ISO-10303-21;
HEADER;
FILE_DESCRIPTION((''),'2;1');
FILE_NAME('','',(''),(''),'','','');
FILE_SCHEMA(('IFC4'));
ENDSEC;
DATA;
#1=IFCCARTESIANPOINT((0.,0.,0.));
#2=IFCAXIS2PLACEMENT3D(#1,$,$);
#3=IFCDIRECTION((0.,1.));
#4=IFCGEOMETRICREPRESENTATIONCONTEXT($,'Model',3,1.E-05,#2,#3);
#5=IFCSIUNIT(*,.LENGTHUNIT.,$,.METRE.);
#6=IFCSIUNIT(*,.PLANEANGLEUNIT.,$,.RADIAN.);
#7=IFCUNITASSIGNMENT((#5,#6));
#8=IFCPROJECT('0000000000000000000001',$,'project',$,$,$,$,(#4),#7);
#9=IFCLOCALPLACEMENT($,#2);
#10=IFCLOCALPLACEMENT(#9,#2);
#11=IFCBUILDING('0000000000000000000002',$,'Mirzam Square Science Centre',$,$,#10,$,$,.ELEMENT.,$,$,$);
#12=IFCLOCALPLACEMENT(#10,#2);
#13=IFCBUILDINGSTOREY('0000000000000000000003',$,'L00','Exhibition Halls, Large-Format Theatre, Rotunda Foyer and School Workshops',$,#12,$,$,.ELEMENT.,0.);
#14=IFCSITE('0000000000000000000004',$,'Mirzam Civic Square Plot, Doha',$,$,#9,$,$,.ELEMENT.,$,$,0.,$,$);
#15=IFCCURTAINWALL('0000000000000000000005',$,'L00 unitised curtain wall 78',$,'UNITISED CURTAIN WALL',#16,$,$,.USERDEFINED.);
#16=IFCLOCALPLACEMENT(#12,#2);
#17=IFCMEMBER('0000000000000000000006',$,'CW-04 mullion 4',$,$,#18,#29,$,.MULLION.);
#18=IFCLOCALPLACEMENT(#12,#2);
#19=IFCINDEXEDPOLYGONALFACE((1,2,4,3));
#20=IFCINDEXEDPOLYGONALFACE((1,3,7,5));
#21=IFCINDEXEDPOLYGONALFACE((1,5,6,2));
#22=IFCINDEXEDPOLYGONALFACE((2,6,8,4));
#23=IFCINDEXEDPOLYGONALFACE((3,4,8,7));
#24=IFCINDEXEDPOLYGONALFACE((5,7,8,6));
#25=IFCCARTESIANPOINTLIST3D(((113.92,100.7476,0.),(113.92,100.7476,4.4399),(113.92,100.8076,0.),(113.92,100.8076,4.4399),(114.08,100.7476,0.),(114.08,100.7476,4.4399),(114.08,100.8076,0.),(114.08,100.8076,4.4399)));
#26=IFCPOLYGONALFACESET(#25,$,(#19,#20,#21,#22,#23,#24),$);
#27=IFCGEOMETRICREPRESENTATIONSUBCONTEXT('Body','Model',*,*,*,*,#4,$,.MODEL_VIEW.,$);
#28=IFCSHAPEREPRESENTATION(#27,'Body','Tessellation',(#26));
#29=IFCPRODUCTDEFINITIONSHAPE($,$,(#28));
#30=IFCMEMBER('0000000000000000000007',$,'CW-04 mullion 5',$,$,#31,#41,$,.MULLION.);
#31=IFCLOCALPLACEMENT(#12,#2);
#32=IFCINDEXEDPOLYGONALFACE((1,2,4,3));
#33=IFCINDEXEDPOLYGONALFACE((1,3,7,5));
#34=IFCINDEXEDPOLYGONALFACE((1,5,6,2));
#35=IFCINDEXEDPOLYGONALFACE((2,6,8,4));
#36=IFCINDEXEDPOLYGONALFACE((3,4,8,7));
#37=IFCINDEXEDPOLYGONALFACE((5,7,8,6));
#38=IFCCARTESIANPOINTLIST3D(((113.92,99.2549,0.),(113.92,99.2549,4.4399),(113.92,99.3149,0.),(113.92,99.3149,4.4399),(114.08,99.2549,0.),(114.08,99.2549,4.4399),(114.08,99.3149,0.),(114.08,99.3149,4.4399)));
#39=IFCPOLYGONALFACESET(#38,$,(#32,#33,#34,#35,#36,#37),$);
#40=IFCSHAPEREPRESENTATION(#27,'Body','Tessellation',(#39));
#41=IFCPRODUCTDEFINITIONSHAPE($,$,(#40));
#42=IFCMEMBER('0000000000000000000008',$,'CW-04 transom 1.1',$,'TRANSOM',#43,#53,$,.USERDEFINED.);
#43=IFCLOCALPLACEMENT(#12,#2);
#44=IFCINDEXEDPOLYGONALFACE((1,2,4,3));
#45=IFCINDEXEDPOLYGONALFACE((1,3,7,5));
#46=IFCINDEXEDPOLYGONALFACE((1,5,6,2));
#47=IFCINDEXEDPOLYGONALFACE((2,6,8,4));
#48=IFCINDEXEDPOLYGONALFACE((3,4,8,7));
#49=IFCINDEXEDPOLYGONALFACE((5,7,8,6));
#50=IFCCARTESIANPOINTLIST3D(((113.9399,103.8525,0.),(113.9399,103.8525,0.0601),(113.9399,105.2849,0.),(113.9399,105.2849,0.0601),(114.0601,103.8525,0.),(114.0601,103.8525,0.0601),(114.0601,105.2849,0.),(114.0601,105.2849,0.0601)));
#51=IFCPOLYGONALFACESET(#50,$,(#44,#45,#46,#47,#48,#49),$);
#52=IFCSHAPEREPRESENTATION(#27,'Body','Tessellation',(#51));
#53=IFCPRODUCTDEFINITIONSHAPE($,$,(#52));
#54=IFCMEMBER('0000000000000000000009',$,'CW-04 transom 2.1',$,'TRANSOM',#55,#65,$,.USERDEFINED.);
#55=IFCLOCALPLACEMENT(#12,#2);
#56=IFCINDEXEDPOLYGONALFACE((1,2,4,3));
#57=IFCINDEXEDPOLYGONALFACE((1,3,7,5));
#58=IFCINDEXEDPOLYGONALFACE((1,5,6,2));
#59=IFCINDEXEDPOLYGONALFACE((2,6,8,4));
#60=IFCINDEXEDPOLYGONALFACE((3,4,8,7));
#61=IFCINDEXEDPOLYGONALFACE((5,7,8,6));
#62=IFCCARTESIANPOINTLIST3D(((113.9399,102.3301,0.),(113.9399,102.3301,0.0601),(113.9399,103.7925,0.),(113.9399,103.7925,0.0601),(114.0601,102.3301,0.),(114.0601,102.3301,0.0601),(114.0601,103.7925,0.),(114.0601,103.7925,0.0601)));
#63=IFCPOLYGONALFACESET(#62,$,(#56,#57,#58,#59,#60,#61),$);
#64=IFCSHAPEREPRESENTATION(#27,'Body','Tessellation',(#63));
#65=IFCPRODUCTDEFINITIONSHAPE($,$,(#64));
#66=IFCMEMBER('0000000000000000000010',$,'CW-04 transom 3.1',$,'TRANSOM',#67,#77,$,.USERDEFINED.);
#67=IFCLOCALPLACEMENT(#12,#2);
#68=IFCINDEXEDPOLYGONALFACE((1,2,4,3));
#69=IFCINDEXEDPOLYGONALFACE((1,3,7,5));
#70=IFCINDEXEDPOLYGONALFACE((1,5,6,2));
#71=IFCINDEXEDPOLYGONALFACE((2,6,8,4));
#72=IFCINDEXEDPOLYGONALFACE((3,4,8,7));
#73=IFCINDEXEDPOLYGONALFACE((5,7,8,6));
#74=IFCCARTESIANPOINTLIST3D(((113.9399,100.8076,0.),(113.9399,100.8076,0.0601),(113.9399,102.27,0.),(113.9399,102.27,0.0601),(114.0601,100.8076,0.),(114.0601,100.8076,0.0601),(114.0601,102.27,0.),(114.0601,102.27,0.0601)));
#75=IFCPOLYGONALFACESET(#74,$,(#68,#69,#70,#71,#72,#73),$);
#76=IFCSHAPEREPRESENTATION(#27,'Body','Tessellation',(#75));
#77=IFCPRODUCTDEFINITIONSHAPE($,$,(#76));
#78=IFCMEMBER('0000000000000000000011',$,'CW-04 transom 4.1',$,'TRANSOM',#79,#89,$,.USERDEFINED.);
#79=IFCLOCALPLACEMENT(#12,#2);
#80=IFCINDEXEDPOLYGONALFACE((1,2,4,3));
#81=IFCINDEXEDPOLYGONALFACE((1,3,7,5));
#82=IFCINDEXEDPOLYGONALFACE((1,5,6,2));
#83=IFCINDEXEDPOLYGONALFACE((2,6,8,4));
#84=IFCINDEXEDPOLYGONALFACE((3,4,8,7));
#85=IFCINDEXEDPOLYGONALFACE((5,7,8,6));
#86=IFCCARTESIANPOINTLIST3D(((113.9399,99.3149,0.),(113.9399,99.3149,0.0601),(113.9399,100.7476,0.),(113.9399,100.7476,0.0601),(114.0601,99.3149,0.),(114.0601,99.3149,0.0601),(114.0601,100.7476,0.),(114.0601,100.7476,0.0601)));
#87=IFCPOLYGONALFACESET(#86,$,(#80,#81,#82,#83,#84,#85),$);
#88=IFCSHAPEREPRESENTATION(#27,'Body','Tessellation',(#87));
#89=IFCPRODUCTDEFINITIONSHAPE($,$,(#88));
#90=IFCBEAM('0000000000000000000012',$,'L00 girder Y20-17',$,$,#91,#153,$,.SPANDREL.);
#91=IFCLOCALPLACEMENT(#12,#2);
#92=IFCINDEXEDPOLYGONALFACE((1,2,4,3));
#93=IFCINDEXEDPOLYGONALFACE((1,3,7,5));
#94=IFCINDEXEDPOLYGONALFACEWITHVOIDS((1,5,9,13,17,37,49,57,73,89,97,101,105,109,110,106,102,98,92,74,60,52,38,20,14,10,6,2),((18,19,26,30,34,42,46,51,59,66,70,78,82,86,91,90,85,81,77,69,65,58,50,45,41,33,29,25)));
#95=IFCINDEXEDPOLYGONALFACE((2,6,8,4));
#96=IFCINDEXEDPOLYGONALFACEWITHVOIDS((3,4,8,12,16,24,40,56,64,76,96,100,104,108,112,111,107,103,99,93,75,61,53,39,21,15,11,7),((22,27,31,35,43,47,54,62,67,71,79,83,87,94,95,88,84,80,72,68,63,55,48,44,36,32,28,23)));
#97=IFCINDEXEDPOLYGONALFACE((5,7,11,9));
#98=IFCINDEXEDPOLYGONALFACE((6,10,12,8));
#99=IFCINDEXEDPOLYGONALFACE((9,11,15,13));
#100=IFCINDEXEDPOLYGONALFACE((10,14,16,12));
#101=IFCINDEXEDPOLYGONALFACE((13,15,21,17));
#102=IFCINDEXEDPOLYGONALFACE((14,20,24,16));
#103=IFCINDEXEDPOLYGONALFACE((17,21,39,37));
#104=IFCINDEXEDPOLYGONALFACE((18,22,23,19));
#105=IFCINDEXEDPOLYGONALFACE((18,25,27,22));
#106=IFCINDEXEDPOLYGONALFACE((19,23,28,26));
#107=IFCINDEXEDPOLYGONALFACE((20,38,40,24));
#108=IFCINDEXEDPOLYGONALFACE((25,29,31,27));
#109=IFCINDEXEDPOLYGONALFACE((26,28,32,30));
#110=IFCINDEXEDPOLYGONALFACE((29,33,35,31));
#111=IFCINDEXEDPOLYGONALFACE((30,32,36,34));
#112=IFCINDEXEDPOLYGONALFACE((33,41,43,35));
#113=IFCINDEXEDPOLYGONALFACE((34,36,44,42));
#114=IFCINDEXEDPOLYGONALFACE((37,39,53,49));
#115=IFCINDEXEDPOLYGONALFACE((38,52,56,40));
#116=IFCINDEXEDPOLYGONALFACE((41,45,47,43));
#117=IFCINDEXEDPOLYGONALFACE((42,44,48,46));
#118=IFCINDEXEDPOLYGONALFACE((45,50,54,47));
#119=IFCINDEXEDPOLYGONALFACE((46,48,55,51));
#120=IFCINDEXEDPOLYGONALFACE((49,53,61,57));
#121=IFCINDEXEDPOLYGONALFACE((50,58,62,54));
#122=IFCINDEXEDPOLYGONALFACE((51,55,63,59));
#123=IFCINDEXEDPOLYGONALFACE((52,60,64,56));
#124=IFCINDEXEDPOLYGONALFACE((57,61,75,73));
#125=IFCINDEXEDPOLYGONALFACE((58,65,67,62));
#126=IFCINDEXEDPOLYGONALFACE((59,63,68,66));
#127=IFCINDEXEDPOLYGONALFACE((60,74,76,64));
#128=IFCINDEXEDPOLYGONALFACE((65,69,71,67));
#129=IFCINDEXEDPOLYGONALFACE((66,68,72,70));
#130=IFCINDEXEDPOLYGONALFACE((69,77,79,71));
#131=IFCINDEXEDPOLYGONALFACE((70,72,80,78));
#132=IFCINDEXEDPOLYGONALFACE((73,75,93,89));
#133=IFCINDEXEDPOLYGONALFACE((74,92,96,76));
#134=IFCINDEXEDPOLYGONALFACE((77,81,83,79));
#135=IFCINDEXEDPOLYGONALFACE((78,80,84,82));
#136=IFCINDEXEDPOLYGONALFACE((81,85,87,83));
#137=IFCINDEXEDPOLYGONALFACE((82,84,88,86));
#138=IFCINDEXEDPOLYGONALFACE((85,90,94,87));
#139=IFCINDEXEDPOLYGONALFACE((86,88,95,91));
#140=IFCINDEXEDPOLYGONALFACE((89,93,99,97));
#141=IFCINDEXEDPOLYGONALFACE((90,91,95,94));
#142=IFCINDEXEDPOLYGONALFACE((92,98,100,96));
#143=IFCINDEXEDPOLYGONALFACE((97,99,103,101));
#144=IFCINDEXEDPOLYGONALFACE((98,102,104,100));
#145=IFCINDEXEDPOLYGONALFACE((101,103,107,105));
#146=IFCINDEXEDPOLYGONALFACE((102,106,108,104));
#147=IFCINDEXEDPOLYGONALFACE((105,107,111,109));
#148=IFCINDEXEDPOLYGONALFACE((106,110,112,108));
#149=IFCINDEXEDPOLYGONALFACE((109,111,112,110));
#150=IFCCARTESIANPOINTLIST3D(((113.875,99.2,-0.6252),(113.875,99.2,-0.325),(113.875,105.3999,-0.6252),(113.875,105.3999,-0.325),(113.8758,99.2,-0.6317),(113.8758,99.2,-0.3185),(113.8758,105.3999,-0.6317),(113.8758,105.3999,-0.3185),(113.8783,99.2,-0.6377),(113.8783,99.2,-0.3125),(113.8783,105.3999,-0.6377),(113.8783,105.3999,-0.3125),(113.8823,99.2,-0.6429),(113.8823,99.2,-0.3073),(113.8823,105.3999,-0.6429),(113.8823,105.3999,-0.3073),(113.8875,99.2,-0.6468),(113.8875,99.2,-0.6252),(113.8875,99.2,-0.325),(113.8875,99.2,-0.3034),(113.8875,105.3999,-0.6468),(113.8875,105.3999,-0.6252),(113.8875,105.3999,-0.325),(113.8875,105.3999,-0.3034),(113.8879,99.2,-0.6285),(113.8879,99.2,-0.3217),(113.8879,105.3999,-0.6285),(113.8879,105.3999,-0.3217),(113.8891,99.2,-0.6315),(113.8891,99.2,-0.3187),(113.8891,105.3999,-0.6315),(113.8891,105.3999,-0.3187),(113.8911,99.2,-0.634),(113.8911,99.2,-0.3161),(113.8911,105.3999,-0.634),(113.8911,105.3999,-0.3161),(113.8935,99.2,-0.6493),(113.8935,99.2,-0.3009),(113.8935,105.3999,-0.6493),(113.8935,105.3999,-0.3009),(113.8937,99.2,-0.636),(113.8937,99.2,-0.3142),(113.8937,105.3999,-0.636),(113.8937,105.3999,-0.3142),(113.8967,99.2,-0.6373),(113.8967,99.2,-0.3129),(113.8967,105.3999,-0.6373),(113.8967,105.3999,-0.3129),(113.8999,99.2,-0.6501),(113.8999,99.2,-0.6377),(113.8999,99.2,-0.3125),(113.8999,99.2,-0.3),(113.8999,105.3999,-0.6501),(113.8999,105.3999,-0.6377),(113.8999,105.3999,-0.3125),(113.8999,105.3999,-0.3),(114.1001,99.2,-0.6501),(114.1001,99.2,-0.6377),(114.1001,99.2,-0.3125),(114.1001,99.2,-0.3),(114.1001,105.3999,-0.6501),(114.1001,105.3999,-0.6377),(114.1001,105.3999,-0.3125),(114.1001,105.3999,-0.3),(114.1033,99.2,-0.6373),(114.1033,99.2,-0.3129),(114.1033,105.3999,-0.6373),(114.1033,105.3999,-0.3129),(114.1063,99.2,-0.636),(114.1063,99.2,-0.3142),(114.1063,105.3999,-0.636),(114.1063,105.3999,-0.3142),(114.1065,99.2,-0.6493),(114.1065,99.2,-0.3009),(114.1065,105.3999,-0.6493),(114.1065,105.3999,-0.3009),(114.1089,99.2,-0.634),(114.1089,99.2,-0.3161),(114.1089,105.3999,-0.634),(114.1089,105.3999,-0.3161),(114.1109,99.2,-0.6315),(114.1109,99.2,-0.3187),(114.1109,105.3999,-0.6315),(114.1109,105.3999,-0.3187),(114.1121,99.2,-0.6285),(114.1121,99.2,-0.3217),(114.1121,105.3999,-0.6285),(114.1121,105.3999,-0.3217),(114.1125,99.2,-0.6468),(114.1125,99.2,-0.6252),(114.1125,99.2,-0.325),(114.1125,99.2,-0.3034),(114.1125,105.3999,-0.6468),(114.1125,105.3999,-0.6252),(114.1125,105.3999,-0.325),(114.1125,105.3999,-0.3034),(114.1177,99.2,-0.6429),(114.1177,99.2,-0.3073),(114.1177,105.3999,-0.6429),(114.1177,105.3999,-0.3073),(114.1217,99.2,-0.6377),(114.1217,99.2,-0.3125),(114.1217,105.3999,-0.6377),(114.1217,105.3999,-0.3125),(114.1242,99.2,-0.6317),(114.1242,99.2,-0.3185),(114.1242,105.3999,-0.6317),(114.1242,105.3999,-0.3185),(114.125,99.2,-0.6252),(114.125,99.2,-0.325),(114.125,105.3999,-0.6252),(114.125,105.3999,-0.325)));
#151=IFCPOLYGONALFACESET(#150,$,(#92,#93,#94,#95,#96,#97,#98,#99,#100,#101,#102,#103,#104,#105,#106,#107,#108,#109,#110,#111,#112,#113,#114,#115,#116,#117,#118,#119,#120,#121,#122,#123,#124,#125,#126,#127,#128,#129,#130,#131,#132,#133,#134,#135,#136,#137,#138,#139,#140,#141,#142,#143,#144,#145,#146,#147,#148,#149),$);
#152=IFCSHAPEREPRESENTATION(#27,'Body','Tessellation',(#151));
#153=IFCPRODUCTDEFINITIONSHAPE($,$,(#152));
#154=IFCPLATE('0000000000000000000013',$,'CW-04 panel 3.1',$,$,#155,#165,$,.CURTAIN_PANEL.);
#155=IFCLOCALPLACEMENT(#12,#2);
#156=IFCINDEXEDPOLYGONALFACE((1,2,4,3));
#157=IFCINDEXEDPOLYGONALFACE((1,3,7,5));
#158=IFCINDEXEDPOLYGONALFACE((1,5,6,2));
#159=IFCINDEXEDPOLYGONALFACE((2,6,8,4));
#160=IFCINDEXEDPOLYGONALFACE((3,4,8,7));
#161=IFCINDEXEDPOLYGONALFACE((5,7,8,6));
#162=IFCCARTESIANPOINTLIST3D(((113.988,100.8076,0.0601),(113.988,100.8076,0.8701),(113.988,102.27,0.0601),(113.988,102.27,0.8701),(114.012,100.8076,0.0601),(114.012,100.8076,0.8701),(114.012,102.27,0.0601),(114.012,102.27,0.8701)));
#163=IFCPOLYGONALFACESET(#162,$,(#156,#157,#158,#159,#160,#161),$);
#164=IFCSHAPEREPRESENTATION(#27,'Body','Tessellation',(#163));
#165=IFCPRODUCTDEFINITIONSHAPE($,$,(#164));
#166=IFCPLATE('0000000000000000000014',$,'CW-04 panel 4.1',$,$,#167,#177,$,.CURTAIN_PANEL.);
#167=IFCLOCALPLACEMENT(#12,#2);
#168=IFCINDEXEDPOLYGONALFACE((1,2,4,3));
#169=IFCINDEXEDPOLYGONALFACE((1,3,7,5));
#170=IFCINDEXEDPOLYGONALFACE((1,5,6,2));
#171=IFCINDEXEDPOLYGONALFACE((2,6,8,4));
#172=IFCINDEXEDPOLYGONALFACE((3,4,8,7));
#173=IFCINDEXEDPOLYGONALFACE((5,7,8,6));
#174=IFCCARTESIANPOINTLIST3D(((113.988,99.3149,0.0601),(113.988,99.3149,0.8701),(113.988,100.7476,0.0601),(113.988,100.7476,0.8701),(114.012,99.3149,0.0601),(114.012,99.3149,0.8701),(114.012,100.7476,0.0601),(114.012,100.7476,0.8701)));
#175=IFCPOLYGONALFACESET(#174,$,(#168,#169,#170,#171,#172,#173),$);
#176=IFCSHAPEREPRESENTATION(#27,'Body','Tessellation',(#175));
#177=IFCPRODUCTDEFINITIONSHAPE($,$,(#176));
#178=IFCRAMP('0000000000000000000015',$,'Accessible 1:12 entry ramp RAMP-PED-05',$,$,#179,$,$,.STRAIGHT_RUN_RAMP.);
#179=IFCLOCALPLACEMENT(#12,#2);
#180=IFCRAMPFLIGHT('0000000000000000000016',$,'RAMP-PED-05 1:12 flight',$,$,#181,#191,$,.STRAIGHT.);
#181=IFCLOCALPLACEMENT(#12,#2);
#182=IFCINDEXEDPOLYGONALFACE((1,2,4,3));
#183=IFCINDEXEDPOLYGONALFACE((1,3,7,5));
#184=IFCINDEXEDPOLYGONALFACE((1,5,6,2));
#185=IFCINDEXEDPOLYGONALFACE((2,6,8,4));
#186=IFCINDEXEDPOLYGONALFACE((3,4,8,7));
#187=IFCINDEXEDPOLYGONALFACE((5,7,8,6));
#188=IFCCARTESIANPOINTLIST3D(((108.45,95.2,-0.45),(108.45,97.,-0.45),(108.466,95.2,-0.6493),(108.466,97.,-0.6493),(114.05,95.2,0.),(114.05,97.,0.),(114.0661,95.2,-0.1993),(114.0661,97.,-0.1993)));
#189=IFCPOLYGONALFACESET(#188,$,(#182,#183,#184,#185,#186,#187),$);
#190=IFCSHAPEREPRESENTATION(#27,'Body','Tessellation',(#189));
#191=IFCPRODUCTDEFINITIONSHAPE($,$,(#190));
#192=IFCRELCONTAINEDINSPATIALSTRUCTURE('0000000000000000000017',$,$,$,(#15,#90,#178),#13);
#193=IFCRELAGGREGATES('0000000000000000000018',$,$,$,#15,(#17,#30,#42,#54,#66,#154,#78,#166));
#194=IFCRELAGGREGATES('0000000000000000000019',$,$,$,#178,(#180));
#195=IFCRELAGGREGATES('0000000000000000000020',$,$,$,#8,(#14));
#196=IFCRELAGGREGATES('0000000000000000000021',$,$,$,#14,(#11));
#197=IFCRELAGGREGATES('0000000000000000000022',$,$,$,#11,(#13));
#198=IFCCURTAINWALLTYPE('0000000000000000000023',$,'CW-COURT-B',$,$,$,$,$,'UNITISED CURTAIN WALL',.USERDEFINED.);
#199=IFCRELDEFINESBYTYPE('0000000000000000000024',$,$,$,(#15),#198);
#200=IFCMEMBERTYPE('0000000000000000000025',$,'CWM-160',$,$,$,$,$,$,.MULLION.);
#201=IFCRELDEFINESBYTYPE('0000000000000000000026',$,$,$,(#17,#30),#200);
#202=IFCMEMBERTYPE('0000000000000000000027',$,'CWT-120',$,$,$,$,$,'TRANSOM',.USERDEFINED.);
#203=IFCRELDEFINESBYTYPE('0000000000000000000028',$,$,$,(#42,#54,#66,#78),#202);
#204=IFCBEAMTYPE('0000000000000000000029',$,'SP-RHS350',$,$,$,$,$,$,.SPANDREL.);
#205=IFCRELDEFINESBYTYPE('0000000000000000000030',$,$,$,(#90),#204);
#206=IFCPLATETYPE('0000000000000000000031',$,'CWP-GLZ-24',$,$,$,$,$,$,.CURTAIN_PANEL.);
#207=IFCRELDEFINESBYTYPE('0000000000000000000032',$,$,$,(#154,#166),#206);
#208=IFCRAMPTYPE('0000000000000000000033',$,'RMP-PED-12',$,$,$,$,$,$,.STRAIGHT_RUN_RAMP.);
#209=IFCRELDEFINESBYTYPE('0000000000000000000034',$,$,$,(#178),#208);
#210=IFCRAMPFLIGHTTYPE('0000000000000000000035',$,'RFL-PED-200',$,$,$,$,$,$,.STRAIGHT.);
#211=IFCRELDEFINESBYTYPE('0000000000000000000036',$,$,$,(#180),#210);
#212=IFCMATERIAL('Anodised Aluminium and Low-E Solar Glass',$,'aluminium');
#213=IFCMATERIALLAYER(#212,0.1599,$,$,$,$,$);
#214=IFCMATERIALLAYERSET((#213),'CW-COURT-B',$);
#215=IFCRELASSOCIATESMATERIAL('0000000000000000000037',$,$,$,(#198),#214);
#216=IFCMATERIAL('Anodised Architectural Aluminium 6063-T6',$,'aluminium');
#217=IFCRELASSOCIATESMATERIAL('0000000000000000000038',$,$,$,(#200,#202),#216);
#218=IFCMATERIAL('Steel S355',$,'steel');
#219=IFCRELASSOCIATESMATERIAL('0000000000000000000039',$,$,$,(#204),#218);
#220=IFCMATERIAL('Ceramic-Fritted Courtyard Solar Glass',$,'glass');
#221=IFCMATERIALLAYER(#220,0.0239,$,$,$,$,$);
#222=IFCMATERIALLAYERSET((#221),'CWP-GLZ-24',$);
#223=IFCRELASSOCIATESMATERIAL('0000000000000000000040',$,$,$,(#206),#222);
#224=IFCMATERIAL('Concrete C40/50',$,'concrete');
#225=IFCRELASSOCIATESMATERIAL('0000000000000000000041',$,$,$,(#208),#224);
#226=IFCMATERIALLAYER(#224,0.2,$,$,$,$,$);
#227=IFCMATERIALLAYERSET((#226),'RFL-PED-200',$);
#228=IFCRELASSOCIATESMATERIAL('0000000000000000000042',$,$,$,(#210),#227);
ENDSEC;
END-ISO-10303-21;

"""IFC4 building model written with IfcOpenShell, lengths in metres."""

from ifc_helpers import new_model, si_unit, direction, frame, origin, origin_2d, place, context, subcontext, project, spatial, polyline, rectangle, hollow_rectangle, outline, extrude, material, layer, layer_set, material_profile, profile_set, type_object, element, aggregate, save


model = new_model("IFC4")

# Units and contexts
model_context = context("Model", 3, precision=1e-05, world=origin(), true_north=direction((0.0, 1.0)))
body_context = subcontext(model_context, "Body", "Model", "MODEL_VIEW")
ifc_project = project(units=[si_unit("LENGTHUNIT", "METRE"), si_unit("PLANEANGLEUNIT", "RADIAN")], contexts=[model_context])

# Site, building, storey
site_placement = place(None, origin())
site = spatial("IfcSite", under=ifc_project, at=site_placement, Name="Mirzam Civic Square Plot, Doha", CompositionType="ELEMENT", RefElevation=0.0)
building_placement = place(site_placement, origin())
building = spatial("IfcBuilding", under=site, at=building_placement, Name="Mirzam Square Science Centre", CompositionType="ELEMENT")
storey_placement = place(building_placement, origin())
storey = spatial("IfcBuildingStorey", under=building, at=storey_placement, Name="L00", Description="Exhibition Halls, Large-Format Theatre, Rotunda Foyer and School Workshops", CompositionType="ELEMENT", Elevation=0.0)

# Shared definitions
ifc_material_1 = material(Name="Steel S355", Category="steel")

# Curtain wall, members
ifc_material_2 = material(Name="Anodised Aluminium and Low-E Solar Glass", Category="aluminium")
ifc_layer_1 = layer(ifc_material_2, 0.1599)
ifc_layer_set_1 = layer_set([ifc_layer_1], Name="CW-COURT-B")
curtain_wall_type = type_object("IfcCurtainWallType", Name="CW-COURT-B", ElementType="UNITISED CURTAIN WALL", PredefinedType="USERDEFINED", material=ifc_layer_set_1)
curtain_wall_placement = place(storey_placement, origin())
curtain_wall = element("IfcCurtainWall", 1, at=curtain_wall_placement, inside=storey, type_object=curtain_wall_type, Name="L00 unitised curtain wall 78", ObjectType="UNITISED CURTAIN WALL", PredefinedType="USERDEFINED")
ifc_material_3 = material(Name="Anodised Architectural Aluminium 6063-T6", Category="aluminium")
ifc_material_profile_1 = material_profile(ifc_material_3, rectangle(XDim=0.0601, YDim=0.1599, at=origin_2d()), Name="ALU-MULL-160x60x4")
ifc_profile_set_1 = profile_set([ifc_material_profile_1], Name="Anodised Architectural Aluminium 6063-T6")
member_type_1 = type_object("IfcMemberType", Name="CWM-160", PredefinedType="MULLION", material=ifc_profile_set_1)
member_1_placement = place(storey_placement, frame((114.0, 100.7776, 0.0), z_axis=(0.0, 0.0, 1.0), x_axis=(0.0, -1.0, 0.0)))
member_1 = element("IfcMember", 2, at=member_1_placement, type_object=member_type_1, Name="CW-04 mullion 4", PredefinedType="MULLION", context=body_context, shape_type="SweptSolid", body=[
    extrude(rectangle(XDim=0.0601, YDim=0.1599, at=origin_2d()), origin(), (0.0, 0.0, 1.0), 4.4399),
])
member_2_placement = place(storey_placement, frame((114.0, 99.2849, 0.0), z_axis=(0.0, 0.0, 1.0), x_axis=(0.0, -1.0, 0.0)))
member_2 = element("IfcMember", 3, at=member_2_placement, type_object=member_type_1, Name="CW-04 mullion 5", PredefinedType="MULLION", context=body_context, shape_type="SweptSolid", body=[
    extrude(rectangle(XDim=0.0601, YDim=0.1599, at=origin_2d()), origin(), (0.0, 0.0, 1.0), 4.4399),
])
ifc_material_profile_2 = material_profile(ifc_material_3, rectangle(XDim=0.1201, YDim=0.0601, at=origin_2d()), Name="ALU-TRAN-120x60x4")
ifc_profile_set_2 = profile_set([ifc_material_profile_2], Name="Anodised Architectural Aluminium 6063-T6")
member_type_2 = type_object("IfcMemberType", Name="CWT-120", ElementType="TRANSOM", PredefinedType="USERDEFINED", material=ifc_profile_set_2)
member_3_placement = place(storey_placement, frame((114.0, 105.2849, 0.03), z_axis=(0.0, -1.0, 0.0), x_axis=(1.0, 0.0, 0.0)))
member_3 = element("IfcMember", 4, at=member_3_placement, type_object=member_type_2, Name="CW-04 transom 1.1", ObjectType="TRANSOM", PredefinedType="USERDEFINED", context=body_context, shape_type="SweptSolid", body=[
    extrude(rectangle(XDim=0.1201, YDim=0.0601, at=origin_2d()), origin(), (0.0, 0.0, 1.0), 1.4324),
])
member_4_placement = place(storey_placement, frame((114.0, 103.7925, 0.03), z_axis=(0.0, -1.0, 0.0), x_axis=(1.0, 0.0, 0.0)))
member_4 = element("IfcMember", 5, at=member_4_placement, type_object=member_type_2, Name="CW-04 transom 2.1", ObjectType="TRANSOM", PredefinedType="USERDEFINED", context=body_context, shape_type="SweptSolid", body=[
    extrude(rectangle(XDim=0.1201, YDim=0.0601, at=origin_2d()), origin(), (0.0, 0.0, 1.0), 1.4624),
])
member_5_placement = place(storey_placement, frame((114.0, 102.27, 0.03), z_axis=(0.0, -1.0, 0.0), x_axis=(1.0, 0.0, 0.0)))
member_5 = element("IfcMember", 6, at=member_5_placement, type_object=member_type_2, Name="CW-04 transom 3.1", ObjectType="TRANSOM", PredefinedType="USERDEFINED", context=body_context, shape_type="SweptSolid", body=[
    extrude(rectangle(XDim=0.1201, YDim=0.0601, at=origin_2d()), origin(), (0.0, 0.0, 1.0), 1.4624),
])
member_6_placement = place(storey_placement, frame((114.0, 100.7476, 0.03), z_axis=(0.0, -1.0, 0.0), x_axis=(1.0, 0.0, 0.0)))
member_6 = element("IfcMember", 7, at=member_6_placement, type_object=member_type_2, Name="CW-04 transom 4.1", ObjectType="TRANSOM", PredefinedType="USERDEFINED", context=body_context, shape_type="SweptSolid", body=[
    extrude(rectangle(XDim=0.1201, YDim=0.0601, at=origin_2d()), origin(), (0.0, 0.0, 1.0), 1.4326),
])

# Beam
ifc_material_profile_3 = material_profile(ifc_material_1, hollow_rectangle(XDim=0.25, YDim=0.3501, WallThickness=0.0125, InnerFilletRadius=0.0125, OuterFilletRadius=0.0249, at=origin_2d()), Name="350x250x12.5RHS")
ifc_profile_set_3 = profile_set([ifc_material_profile_3], Name="Steel S355")
beam_type_1 = type_object("IfcBeamType", Name="SP-RHS350", PredefinedType="SPANDREL", material=ifc_profile_set_3)
beam_1_placement = place(storey_placement, frame((114.0, 99.2, -0.4751), z_axis=(0.0, 1.0, 0.0), x_axis=(-1.0, 0.0, 0.0)))
element("IfcBeam", 8, at=beam_1_placement, inside=storey, type_object=beam_type_1, Name="L00 girder Y20-17", PredefinedType="SPANDREL", context=body_context, shape_type="SweptSolid", body=[
    extrude(hollow_rectangle(XDim=0.25, YDim=0.3501, WallThickness=0.0125, InnerFilletRadius=0.0125, OuterFilletRadius=0.0249, at=origin_2d()), origin(), (0.0, 0.0, 1.0), 6.2),
])

# Plates
ifc_material_4 = material(Name="Ceramic-Fritted Courtyard Solar Glass", Category="glass")
ifc_layer_2 = layer(ifc_material_4, 0.0239)
ifc_layer_set_2 = layer_set([ifc_layer_2], Name="CWP-GLZ-24")
plate_type = type_object("IfcPlateType", Name="CWP-GLZ-24", PredefinedType="CURTAIN_PANEL", material=ifc_layer_set_2)
plate_1_placement = place(storey_placement, frame((114.0, 101.5388, 0.0601), z_axis=(0.0, 0.0, 1.0), x_axis=(0.0, -1.0, 0.0)))
plate_1 = element("IfcPlate", 9, at=plate_1_placement, type_object=plate_type, Name="CW-04 panel 3.1", PredefinedType="CURTAIN_PANEL", context=body_context, shape_type="SweptSolid", body=[
    extrude(rectangle(XDim=1.4624, YDim=0.0239, at=origin_2d()), origin(), (0.0, 0.0, 1.0), 0.8101),
])
plate_2_placement = place(storey_placement, frame((114.0, 100.0312, 0.0601), z_axis=(0.0, 0.0, 1.0), x_axis=(0.0, -1.0, 0.0)))
plate_2 = element("IfcPlate", 10, at=plate_2_placement, type_object=plate_type, Name="CW-04 panel 4.1", PredefinedType="CURTAIN_PANEL", context=body_context, shape_type="SweptSolid", body=[
    extrude(rectangle(XDim=1.4326, YDim=0.0239, at=origin_2d()), origin(), (0.0, 0.0, 1.0), 0.8101),
])
aggregate(curtain_wall, [member_1, member_2, member_3, member_4, member_5, plate_1, member_6, plate_2])

# Ramp, ramp flight
ifc_material_5 = material(Name="Concrete C40/50", Category="concrete")
ramp_type = type_object("IfcRampType", Name="RMP-PED-12", PredefinedType="STRAIGHT_RUN_RAMP", material=ifc_material_5)
ramp_placement = place(storey_placement, origin())
ramp = element("IfcRamp", 11, at=ramp_placement, inside=storey, type_object=ramp_type, Name="Accessible 1:12 entry ramp RAMP-PED-05", PredefinedType="STRAIGHT_RUN_RAMP")
ifc_layer_3 = layer(ifc_material_5, 0.2)
ifc_layer_set_3 = layer_set([ifc_layer_3], Name="RFL-PED-200")
ramp_flight_type = type_object("IfcRampFlightType", Name="RFL-PED-200", PredefinedType="STRAIGHT", material=ifc_layer_set_3)
ramp_flight_placement = place(storey_placement, frame((108.45, 95.2, -0.45), z_axis=(-0.080089, 0.0, 0.996788), x_axis=(0.996788, 0.0, 0.080089)))
ramp_flight = element("IfcRampFlight", 12, at=ramp_flight_placement, type_object=ramp_flight_type, Name="RAMP-PED-05 1:12 flight", PredefinedType="STRAIGHT", context=body_context, shape_type="SweptSolid", body=[
    extrude(outline(polyline([(0.0, 0.0), (5.6181, 0.0), (5.6181, 1.8), (0.0, 1.8), (0.0, 0.0)])), origin(), (0.0, 0.0, -1.0), 0.2),
])
aggregate(ramp, [ramp_flight])

save(model, "model.ifc")
